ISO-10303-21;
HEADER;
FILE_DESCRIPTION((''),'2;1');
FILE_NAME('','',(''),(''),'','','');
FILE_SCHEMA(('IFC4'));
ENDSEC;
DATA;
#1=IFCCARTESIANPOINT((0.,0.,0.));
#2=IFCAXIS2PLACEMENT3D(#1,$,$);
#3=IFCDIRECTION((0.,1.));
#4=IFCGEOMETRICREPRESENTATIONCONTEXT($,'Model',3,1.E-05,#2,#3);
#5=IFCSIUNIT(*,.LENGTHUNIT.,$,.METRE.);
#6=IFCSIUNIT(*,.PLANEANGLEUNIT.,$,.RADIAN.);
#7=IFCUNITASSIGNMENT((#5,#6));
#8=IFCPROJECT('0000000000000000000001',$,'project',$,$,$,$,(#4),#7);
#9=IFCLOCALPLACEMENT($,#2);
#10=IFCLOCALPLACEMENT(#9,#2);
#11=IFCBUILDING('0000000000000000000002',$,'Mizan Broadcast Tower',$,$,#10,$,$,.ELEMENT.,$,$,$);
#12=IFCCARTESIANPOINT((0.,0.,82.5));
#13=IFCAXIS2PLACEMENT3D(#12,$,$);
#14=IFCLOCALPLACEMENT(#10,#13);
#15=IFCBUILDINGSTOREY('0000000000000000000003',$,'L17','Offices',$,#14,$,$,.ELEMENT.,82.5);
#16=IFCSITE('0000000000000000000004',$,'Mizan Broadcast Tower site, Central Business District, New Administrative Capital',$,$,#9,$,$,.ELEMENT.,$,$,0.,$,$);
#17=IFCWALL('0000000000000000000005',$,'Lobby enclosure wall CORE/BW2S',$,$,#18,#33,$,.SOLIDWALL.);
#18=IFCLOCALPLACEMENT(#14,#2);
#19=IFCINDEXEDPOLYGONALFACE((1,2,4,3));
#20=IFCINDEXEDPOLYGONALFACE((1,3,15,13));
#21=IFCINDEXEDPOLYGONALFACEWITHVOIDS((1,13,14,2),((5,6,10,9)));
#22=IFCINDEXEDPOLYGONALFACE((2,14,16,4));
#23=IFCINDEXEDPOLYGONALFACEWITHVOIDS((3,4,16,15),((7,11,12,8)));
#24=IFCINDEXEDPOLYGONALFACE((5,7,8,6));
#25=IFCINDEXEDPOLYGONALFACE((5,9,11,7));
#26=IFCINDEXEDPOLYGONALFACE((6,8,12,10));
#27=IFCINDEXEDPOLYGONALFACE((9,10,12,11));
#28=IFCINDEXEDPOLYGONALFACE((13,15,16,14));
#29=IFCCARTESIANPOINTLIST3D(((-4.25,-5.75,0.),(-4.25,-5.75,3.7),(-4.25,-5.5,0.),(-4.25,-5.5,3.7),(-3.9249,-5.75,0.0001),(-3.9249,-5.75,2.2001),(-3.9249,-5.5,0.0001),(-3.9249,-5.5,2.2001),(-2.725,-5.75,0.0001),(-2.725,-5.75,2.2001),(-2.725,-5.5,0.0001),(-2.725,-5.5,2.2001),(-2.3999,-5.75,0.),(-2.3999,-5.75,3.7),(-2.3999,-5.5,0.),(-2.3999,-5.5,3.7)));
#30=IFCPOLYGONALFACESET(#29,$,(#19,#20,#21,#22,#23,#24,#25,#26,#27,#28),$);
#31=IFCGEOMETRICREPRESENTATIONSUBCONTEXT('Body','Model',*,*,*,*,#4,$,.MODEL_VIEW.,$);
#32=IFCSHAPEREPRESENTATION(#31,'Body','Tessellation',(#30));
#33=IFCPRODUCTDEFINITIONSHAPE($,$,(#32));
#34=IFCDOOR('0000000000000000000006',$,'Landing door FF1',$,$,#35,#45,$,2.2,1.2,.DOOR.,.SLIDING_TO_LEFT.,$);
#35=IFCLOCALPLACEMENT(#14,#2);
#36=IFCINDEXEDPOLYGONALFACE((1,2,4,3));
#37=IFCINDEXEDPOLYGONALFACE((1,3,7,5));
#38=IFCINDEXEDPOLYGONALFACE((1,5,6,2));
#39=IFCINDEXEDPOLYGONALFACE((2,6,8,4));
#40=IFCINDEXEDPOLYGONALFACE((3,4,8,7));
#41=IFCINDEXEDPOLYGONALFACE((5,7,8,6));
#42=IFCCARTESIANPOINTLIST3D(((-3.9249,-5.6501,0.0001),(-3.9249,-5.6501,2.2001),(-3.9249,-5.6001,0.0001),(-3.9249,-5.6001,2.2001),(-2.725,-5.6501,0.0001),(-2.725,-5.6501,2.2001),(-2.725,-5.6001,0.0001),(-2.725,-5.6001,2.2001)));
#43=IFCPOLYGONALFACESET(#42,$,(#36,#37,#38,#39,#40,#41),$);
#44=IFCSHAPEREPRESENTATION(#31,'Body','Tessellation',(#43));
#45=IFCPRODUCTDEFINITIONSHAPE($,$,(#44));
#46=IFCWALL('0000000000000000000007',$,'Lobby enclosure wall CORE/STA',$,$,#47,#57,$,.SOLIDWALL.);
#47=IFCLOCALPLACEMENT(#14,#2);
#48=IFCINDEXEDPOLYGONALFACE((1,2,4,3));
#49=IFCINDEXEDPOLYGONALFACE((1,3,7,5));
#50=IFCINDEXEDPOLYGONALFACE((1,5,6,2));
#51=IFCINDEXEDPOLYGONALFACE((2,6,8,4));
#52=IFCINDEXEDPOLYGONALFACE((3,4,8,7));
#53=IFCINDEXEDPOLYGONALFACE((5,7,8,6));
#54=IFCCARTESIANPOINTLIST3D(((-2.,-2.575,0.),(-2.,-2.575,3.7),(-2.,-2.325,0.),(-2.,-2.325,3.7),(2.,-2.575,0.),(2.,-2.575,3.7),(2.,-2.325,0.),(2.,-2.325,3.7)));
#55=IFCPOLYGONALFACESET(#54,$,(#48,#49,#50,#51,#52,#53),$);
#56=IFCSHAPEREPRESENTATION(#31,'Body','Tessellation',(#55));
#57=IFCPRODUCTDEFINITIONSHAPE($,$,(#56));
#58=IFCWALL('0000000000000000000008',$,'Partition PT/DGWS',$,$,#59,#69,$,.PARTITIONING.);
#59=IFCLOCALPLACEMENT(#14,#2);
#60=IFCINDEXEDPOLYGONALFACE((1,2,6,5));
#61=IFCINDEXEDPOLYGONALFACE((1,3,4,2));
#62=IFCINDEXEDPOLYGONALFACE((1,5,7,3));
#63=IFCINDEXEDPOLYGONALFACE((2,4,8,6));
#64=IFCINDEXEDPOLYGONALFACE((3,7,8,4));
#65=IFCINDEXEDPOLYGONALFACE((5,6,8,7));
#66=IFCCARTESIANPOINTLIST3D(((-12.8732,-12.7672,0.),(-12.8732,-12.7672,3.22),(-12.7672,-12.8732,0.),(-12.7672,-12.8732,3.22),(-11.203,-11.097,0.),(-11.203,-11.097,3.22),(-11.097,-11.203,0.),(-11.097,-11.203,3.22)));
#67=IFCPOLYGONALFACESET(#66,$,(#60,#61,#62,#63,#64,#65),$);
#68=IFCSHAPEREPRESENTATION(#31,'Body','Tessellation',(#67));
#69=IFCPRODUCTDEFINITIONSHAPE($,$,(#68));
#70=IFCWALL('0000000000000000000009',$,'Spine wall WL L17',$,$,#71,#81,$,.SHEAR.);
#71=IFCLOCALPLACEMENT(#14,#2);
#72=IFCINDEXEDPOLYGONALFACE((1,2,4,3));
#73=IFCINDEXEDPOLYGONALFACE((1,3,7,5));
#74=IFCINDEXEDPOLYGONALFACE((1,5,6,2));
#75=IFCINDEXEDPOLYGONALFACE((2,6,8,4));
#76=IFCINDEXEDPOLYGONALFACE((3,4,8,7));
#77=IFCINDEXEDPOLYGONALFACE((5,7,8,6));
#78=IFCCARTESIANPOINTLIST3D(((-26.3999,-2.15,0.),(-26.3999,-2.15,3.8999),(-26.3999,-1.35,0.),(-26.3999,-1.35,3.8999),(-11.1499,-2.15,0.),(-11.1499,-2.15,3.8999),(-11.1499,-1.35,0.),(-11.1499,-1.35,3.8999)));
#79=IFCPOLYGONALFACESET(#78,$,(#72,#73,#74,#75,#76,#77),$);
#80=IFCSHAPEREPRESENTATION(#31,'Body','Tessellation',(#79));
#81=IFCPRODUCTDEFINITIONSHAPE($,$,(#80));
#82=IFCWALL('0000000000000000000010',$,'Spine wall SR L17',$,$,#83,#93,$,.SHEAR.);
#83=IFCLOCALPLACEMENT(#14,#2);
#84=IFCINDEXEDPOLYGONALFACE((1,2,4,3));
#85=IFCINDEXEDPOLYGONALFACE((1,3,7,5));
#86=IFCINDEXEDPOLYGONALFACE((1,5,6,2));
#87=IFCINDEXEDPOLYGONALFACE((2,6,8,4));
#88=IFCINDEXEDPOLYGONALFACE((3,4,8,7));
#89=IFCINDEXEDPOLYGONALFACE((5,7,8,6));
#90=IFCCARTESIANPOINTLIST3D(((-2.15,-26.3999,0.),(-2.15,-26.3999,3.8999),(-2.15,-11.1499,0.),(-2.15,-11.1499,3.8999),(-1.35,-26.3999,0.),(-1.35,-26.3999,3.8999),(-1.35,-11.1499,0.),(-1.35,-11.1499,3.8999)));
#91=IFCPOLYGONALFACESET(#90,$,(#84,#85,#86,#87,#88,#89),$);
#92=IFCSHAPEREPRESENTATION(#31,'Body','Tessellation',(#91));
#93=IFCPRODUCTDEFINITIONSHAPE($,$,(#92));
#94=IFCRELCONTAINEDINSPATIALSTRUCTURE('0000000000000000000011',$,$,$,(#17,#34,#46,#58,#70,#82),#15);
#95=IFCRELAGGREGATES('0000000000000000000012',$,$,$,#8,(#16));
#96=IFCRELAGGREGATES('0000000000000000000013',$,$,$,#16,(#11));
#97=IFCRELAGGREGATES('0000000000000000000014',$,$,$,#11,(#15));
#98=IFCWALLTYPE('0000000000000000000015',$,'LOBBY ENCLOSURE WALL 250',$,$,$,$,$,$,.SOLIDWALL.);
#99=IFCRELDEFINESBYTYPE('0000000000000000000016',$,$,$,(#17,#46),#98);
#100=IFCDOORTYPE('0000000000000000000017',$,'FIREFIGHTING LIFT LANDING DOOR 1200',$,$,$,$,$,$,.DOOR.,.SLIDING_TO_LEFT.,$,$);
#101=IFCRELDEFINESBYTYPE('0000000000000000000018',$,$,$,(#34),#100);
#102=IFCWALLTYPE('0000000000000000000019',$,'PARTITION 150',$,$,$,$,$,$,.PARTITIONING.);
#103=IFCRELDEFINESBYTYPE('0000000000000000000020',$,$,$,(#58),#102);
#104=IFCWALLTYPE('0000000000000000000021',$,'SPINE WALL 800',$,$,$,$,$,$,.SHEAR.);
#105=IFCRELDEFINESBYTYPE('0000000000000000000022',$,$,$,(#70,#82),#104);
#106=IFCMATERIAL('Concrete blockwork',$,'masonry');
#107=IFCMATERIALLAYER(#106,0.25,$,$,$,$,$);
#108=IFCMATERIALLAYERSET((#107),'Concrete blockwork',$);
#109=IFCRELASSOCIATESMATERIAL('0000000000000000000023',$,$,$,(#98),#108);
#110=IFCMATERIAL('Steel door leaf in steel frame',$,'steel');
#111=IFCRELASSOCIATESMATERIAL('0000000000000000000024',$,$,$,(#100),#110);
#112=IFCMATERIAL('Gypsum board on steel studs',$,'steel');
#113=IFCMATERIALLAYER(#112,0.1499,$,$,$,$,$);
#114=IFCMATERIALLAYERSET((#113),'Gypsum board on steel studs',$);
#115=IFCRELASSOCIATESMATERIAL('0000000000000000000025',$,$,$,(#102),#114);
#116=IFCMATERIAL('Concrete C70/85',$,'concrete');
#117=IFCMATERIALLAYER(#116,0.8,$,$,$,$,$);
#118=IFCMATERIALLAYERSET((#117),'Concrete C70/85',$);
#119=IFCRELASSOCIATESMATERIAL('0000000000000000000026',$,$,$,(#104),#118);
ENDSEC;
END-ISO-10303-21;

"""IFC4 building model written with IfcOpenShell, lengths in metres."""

from ifc_helpers import new_model, si_unit, direction, frame, frame_2d, origin, place, context, subcontext, project, spatial, rectangle, extrude, material, layer, layer_set, type_object, element, fill, save


model = new_model("IFC4")

# Units and contexts
model_context = context("Model", 3, precision=1e-05, world=origin(), true_north=direction((0.0, 1.0)))
body_context = subcontext(model_context, "Body", "Model", "MODEL_VIEW")
ifc_project = project(units=[si_unit("LENGTHUNIT", "METRE"), si_unit("PLANEANGLEUNIT", "RADIAN")], contexts=[model_context])

# Site, building, storey
site_placement = place(None, origin())
site = spatial("IfcSite", under=ifc_project, at=site_placement, Name="Mizan Broadcast Tower site, Central Business District, New Administrative Capital", CompositionType="ELEMENT", RefElevation=0.0)
building_placement = place(site_placement, origin())
building = spatial("IfcBuilding", under=site, at=building_placement, Name="Mizan Broadcast Tower", CompositionType="ELEMENT")
storey_placement = place(building_placement, frame((0.0, 0.0, 82.5)))
storey = spatial("IfcBuildingStorey", under=building, at=storey_placement, Name="L17", Description="Offices", CompositionType="ELEMENT", Elevation=82.5)

# Shared definitions
ifc_material_1 = material(Name="Concrete blockwork", Category="masonry")
ifc_layer_1 = layer(ifc_material_1, 0.25)
ifc_layer_set_1 = layer_set([ifc_layer_1], Name="Concrete blockwork")
wall_type_1 = type_object("IfcWallType", Name="LOBBY ENCLOSURE WALL 250", PredefinedType="SOLIDWALL", material=ifc_layer_set_1)

# Wall, opening, door
wall_1_placement = place(storey_placement, frame((-4.25, -5.625, 0.0), z_axis=(0.0, 0.0, 1.0), x_axis=(1.0, 0.0, 0.0)))
wall_1 = element("IfcWall", 1, at=wall_1_placement, inside=storey, type_object=wall_type_1, Name="Lobby enclosure wall CORE/BW2S", PredefinedType="SOLIDWALL", context=body_context, shape_type="SweptSolid", body=[
    extrude(rectangle(XDim=1.8501, YDim=0.25, at=frame_2d((0.925, 0.0))), origin(), (0.0, 0.0, 1.0), 3.7),
])
opening_1_placement = place(wall_1_placement, frame((0.325, 0.0, 0.0)))
opening_1 = element("IfcOpeningElement", 2, at=opening_1_placement, cuts=wall_1, PredefinedType="OPENING", context=body_context, shape_type="SweptSolid", body=[
    extrude(rectangle(XDim=1.2, YDim=2.2, at=frame_2d((0.6001, 1.1001))), frame((0.0, 0.135, 0.0), z_axis=(0.0, -1.0, 0.0), x_axis=(1.0, 0.0, 0.0)), (0.0, 0.0, 1.0), 0.27),
])
ifc_material_2 = material(Name="Steel door leaf in steel frame", Category="steel")
door_type_1 = type_object("IfcDoorType", Name="FIREFIGHTING LIFT LANDING DOOR 1200", OperationType="SLIDING_TO_LEFT", PredefinedType="DOOR", material=ifc_material_2)
door_1_placement = place(opening_1_placement, origin())
door_1 = element("IfcDoor", 3, at=door_1_placement, inside=storey, type_object=door_type_1, Name="Landing door FF1", OperationType="SLIDING_TO_LEFT", OverallHeight=2.2, OverallWidth=1.2, PredefinedType="DOOR", context=body_context, shape_type="SweptSolid", body=[
    extrude(rectangle(XDim=1.2, YDim=2.2, at=frame_2d((0.6001, 1.1001))), frame((0.0, 0.0249, 0.0), z_axis=(0.0, -1.0, 0.0), x_axis=(1.0, 0.0, 0.0)), (0.0, 0.0, 1.0), 0.05),
])
fill(opening_1, door_1)

# Walls
wall_2_placement = place(storey_placement, frame((-2.0, -2.45, 0.0), z_axis=(0.0, 0.0, 1.0), x_axis=(1.0, 0.0, 0.0)))
element("IfcWall", 4, at=wall_2_placement, inside=storey, type_object=wall_type_1, Name="Lobby enclosure wall CORE/STA", PredefinedType="SOLIDWALL", context=body_context, shape_type="SweptSolid", body=[
    extrude(rectangle(XDim=4.0, YDim=0.25, at=frame_2d((2.0, 0.0))), origin(), (0.0, 0.0, 1.0), 3.7),
])
ifc_material_3 = material(Name="Gypsum board on steel studs", Category="steel")
ifc_layer_2 = layer(ifc_material_3, 0.1499)
ifc_layer_set_2 = layer_set([ifc_layer_2], Name="Gypsum board on steel studs")
wall_type_2 = type_object("IfcWallType", Name="PARTITION 150", PredefinedType="PARTITIONING", material=ifc_layer_set_2)
wall_3_placement = place(storey_placement, frame((-11.1499, -11.1499, 0.0), z_axis=(0.0, 0.0, 1.0), x_axis=(-0.707107, -0.707107, 0.0)))
element("IfcWall", 5, at=wall_3_placement, inside=storey, type_object=wall_type_2, Name="Partition PT/DGWS", PredefinedType="PARTITIONING", context=body_context, shape_type="SweptSolid", body=[
    extrude(rectangle(XDim=2.3621, YDim=0.1499, at=frame_2d((1.1812, 0.0))), origin(), (0.0, 0.0, 1.0), 3.22),
])
ifc_material_4 = material(Name="Concrete C70/85", Category="concrete")
ifc_layer_3 = layer(ifc_material_4, 0.8)
ifc_layer_set_3 = layer_set([ifc_layer_3], Name="Concrete C70/85")
wall_type_3 = type_object("IfcWallType", Name="SPINE WALL 800", PredefinedType="SHEAR", material=ifc_layer_set_3)
for number, where, z_axis, x_axis, name in (
    (6, (-11.1499, -1.75, 0.0), (0.0, 0.0, 1.0), (-1.0, 0.0, 0.0), "Spine wall WL L17"),
    (7, (-1.75, -11.1499, 0.0), (0.0, 0.0, 1.0), (0.0, -1.0, 0.0), "Spine wall SR L17"),
):
    element("IfcWall", number, at=place(storey_placement, frame(where, z_axis=z_axis, x_axis=x_axis)), inside=storey, type_object=wall_type_3, Name=name, PredefinedType="SHEAR", context=body_context, shape_type="SweptSolid", body=[
        extrude(rectangle(XDim=15.25, YDim=0.8, at=frame_2d((7.625, 0.0))), origin(), (0.0, 0.0, 1.0), 3.8999),
    ])

save(model, "model.ifc")
